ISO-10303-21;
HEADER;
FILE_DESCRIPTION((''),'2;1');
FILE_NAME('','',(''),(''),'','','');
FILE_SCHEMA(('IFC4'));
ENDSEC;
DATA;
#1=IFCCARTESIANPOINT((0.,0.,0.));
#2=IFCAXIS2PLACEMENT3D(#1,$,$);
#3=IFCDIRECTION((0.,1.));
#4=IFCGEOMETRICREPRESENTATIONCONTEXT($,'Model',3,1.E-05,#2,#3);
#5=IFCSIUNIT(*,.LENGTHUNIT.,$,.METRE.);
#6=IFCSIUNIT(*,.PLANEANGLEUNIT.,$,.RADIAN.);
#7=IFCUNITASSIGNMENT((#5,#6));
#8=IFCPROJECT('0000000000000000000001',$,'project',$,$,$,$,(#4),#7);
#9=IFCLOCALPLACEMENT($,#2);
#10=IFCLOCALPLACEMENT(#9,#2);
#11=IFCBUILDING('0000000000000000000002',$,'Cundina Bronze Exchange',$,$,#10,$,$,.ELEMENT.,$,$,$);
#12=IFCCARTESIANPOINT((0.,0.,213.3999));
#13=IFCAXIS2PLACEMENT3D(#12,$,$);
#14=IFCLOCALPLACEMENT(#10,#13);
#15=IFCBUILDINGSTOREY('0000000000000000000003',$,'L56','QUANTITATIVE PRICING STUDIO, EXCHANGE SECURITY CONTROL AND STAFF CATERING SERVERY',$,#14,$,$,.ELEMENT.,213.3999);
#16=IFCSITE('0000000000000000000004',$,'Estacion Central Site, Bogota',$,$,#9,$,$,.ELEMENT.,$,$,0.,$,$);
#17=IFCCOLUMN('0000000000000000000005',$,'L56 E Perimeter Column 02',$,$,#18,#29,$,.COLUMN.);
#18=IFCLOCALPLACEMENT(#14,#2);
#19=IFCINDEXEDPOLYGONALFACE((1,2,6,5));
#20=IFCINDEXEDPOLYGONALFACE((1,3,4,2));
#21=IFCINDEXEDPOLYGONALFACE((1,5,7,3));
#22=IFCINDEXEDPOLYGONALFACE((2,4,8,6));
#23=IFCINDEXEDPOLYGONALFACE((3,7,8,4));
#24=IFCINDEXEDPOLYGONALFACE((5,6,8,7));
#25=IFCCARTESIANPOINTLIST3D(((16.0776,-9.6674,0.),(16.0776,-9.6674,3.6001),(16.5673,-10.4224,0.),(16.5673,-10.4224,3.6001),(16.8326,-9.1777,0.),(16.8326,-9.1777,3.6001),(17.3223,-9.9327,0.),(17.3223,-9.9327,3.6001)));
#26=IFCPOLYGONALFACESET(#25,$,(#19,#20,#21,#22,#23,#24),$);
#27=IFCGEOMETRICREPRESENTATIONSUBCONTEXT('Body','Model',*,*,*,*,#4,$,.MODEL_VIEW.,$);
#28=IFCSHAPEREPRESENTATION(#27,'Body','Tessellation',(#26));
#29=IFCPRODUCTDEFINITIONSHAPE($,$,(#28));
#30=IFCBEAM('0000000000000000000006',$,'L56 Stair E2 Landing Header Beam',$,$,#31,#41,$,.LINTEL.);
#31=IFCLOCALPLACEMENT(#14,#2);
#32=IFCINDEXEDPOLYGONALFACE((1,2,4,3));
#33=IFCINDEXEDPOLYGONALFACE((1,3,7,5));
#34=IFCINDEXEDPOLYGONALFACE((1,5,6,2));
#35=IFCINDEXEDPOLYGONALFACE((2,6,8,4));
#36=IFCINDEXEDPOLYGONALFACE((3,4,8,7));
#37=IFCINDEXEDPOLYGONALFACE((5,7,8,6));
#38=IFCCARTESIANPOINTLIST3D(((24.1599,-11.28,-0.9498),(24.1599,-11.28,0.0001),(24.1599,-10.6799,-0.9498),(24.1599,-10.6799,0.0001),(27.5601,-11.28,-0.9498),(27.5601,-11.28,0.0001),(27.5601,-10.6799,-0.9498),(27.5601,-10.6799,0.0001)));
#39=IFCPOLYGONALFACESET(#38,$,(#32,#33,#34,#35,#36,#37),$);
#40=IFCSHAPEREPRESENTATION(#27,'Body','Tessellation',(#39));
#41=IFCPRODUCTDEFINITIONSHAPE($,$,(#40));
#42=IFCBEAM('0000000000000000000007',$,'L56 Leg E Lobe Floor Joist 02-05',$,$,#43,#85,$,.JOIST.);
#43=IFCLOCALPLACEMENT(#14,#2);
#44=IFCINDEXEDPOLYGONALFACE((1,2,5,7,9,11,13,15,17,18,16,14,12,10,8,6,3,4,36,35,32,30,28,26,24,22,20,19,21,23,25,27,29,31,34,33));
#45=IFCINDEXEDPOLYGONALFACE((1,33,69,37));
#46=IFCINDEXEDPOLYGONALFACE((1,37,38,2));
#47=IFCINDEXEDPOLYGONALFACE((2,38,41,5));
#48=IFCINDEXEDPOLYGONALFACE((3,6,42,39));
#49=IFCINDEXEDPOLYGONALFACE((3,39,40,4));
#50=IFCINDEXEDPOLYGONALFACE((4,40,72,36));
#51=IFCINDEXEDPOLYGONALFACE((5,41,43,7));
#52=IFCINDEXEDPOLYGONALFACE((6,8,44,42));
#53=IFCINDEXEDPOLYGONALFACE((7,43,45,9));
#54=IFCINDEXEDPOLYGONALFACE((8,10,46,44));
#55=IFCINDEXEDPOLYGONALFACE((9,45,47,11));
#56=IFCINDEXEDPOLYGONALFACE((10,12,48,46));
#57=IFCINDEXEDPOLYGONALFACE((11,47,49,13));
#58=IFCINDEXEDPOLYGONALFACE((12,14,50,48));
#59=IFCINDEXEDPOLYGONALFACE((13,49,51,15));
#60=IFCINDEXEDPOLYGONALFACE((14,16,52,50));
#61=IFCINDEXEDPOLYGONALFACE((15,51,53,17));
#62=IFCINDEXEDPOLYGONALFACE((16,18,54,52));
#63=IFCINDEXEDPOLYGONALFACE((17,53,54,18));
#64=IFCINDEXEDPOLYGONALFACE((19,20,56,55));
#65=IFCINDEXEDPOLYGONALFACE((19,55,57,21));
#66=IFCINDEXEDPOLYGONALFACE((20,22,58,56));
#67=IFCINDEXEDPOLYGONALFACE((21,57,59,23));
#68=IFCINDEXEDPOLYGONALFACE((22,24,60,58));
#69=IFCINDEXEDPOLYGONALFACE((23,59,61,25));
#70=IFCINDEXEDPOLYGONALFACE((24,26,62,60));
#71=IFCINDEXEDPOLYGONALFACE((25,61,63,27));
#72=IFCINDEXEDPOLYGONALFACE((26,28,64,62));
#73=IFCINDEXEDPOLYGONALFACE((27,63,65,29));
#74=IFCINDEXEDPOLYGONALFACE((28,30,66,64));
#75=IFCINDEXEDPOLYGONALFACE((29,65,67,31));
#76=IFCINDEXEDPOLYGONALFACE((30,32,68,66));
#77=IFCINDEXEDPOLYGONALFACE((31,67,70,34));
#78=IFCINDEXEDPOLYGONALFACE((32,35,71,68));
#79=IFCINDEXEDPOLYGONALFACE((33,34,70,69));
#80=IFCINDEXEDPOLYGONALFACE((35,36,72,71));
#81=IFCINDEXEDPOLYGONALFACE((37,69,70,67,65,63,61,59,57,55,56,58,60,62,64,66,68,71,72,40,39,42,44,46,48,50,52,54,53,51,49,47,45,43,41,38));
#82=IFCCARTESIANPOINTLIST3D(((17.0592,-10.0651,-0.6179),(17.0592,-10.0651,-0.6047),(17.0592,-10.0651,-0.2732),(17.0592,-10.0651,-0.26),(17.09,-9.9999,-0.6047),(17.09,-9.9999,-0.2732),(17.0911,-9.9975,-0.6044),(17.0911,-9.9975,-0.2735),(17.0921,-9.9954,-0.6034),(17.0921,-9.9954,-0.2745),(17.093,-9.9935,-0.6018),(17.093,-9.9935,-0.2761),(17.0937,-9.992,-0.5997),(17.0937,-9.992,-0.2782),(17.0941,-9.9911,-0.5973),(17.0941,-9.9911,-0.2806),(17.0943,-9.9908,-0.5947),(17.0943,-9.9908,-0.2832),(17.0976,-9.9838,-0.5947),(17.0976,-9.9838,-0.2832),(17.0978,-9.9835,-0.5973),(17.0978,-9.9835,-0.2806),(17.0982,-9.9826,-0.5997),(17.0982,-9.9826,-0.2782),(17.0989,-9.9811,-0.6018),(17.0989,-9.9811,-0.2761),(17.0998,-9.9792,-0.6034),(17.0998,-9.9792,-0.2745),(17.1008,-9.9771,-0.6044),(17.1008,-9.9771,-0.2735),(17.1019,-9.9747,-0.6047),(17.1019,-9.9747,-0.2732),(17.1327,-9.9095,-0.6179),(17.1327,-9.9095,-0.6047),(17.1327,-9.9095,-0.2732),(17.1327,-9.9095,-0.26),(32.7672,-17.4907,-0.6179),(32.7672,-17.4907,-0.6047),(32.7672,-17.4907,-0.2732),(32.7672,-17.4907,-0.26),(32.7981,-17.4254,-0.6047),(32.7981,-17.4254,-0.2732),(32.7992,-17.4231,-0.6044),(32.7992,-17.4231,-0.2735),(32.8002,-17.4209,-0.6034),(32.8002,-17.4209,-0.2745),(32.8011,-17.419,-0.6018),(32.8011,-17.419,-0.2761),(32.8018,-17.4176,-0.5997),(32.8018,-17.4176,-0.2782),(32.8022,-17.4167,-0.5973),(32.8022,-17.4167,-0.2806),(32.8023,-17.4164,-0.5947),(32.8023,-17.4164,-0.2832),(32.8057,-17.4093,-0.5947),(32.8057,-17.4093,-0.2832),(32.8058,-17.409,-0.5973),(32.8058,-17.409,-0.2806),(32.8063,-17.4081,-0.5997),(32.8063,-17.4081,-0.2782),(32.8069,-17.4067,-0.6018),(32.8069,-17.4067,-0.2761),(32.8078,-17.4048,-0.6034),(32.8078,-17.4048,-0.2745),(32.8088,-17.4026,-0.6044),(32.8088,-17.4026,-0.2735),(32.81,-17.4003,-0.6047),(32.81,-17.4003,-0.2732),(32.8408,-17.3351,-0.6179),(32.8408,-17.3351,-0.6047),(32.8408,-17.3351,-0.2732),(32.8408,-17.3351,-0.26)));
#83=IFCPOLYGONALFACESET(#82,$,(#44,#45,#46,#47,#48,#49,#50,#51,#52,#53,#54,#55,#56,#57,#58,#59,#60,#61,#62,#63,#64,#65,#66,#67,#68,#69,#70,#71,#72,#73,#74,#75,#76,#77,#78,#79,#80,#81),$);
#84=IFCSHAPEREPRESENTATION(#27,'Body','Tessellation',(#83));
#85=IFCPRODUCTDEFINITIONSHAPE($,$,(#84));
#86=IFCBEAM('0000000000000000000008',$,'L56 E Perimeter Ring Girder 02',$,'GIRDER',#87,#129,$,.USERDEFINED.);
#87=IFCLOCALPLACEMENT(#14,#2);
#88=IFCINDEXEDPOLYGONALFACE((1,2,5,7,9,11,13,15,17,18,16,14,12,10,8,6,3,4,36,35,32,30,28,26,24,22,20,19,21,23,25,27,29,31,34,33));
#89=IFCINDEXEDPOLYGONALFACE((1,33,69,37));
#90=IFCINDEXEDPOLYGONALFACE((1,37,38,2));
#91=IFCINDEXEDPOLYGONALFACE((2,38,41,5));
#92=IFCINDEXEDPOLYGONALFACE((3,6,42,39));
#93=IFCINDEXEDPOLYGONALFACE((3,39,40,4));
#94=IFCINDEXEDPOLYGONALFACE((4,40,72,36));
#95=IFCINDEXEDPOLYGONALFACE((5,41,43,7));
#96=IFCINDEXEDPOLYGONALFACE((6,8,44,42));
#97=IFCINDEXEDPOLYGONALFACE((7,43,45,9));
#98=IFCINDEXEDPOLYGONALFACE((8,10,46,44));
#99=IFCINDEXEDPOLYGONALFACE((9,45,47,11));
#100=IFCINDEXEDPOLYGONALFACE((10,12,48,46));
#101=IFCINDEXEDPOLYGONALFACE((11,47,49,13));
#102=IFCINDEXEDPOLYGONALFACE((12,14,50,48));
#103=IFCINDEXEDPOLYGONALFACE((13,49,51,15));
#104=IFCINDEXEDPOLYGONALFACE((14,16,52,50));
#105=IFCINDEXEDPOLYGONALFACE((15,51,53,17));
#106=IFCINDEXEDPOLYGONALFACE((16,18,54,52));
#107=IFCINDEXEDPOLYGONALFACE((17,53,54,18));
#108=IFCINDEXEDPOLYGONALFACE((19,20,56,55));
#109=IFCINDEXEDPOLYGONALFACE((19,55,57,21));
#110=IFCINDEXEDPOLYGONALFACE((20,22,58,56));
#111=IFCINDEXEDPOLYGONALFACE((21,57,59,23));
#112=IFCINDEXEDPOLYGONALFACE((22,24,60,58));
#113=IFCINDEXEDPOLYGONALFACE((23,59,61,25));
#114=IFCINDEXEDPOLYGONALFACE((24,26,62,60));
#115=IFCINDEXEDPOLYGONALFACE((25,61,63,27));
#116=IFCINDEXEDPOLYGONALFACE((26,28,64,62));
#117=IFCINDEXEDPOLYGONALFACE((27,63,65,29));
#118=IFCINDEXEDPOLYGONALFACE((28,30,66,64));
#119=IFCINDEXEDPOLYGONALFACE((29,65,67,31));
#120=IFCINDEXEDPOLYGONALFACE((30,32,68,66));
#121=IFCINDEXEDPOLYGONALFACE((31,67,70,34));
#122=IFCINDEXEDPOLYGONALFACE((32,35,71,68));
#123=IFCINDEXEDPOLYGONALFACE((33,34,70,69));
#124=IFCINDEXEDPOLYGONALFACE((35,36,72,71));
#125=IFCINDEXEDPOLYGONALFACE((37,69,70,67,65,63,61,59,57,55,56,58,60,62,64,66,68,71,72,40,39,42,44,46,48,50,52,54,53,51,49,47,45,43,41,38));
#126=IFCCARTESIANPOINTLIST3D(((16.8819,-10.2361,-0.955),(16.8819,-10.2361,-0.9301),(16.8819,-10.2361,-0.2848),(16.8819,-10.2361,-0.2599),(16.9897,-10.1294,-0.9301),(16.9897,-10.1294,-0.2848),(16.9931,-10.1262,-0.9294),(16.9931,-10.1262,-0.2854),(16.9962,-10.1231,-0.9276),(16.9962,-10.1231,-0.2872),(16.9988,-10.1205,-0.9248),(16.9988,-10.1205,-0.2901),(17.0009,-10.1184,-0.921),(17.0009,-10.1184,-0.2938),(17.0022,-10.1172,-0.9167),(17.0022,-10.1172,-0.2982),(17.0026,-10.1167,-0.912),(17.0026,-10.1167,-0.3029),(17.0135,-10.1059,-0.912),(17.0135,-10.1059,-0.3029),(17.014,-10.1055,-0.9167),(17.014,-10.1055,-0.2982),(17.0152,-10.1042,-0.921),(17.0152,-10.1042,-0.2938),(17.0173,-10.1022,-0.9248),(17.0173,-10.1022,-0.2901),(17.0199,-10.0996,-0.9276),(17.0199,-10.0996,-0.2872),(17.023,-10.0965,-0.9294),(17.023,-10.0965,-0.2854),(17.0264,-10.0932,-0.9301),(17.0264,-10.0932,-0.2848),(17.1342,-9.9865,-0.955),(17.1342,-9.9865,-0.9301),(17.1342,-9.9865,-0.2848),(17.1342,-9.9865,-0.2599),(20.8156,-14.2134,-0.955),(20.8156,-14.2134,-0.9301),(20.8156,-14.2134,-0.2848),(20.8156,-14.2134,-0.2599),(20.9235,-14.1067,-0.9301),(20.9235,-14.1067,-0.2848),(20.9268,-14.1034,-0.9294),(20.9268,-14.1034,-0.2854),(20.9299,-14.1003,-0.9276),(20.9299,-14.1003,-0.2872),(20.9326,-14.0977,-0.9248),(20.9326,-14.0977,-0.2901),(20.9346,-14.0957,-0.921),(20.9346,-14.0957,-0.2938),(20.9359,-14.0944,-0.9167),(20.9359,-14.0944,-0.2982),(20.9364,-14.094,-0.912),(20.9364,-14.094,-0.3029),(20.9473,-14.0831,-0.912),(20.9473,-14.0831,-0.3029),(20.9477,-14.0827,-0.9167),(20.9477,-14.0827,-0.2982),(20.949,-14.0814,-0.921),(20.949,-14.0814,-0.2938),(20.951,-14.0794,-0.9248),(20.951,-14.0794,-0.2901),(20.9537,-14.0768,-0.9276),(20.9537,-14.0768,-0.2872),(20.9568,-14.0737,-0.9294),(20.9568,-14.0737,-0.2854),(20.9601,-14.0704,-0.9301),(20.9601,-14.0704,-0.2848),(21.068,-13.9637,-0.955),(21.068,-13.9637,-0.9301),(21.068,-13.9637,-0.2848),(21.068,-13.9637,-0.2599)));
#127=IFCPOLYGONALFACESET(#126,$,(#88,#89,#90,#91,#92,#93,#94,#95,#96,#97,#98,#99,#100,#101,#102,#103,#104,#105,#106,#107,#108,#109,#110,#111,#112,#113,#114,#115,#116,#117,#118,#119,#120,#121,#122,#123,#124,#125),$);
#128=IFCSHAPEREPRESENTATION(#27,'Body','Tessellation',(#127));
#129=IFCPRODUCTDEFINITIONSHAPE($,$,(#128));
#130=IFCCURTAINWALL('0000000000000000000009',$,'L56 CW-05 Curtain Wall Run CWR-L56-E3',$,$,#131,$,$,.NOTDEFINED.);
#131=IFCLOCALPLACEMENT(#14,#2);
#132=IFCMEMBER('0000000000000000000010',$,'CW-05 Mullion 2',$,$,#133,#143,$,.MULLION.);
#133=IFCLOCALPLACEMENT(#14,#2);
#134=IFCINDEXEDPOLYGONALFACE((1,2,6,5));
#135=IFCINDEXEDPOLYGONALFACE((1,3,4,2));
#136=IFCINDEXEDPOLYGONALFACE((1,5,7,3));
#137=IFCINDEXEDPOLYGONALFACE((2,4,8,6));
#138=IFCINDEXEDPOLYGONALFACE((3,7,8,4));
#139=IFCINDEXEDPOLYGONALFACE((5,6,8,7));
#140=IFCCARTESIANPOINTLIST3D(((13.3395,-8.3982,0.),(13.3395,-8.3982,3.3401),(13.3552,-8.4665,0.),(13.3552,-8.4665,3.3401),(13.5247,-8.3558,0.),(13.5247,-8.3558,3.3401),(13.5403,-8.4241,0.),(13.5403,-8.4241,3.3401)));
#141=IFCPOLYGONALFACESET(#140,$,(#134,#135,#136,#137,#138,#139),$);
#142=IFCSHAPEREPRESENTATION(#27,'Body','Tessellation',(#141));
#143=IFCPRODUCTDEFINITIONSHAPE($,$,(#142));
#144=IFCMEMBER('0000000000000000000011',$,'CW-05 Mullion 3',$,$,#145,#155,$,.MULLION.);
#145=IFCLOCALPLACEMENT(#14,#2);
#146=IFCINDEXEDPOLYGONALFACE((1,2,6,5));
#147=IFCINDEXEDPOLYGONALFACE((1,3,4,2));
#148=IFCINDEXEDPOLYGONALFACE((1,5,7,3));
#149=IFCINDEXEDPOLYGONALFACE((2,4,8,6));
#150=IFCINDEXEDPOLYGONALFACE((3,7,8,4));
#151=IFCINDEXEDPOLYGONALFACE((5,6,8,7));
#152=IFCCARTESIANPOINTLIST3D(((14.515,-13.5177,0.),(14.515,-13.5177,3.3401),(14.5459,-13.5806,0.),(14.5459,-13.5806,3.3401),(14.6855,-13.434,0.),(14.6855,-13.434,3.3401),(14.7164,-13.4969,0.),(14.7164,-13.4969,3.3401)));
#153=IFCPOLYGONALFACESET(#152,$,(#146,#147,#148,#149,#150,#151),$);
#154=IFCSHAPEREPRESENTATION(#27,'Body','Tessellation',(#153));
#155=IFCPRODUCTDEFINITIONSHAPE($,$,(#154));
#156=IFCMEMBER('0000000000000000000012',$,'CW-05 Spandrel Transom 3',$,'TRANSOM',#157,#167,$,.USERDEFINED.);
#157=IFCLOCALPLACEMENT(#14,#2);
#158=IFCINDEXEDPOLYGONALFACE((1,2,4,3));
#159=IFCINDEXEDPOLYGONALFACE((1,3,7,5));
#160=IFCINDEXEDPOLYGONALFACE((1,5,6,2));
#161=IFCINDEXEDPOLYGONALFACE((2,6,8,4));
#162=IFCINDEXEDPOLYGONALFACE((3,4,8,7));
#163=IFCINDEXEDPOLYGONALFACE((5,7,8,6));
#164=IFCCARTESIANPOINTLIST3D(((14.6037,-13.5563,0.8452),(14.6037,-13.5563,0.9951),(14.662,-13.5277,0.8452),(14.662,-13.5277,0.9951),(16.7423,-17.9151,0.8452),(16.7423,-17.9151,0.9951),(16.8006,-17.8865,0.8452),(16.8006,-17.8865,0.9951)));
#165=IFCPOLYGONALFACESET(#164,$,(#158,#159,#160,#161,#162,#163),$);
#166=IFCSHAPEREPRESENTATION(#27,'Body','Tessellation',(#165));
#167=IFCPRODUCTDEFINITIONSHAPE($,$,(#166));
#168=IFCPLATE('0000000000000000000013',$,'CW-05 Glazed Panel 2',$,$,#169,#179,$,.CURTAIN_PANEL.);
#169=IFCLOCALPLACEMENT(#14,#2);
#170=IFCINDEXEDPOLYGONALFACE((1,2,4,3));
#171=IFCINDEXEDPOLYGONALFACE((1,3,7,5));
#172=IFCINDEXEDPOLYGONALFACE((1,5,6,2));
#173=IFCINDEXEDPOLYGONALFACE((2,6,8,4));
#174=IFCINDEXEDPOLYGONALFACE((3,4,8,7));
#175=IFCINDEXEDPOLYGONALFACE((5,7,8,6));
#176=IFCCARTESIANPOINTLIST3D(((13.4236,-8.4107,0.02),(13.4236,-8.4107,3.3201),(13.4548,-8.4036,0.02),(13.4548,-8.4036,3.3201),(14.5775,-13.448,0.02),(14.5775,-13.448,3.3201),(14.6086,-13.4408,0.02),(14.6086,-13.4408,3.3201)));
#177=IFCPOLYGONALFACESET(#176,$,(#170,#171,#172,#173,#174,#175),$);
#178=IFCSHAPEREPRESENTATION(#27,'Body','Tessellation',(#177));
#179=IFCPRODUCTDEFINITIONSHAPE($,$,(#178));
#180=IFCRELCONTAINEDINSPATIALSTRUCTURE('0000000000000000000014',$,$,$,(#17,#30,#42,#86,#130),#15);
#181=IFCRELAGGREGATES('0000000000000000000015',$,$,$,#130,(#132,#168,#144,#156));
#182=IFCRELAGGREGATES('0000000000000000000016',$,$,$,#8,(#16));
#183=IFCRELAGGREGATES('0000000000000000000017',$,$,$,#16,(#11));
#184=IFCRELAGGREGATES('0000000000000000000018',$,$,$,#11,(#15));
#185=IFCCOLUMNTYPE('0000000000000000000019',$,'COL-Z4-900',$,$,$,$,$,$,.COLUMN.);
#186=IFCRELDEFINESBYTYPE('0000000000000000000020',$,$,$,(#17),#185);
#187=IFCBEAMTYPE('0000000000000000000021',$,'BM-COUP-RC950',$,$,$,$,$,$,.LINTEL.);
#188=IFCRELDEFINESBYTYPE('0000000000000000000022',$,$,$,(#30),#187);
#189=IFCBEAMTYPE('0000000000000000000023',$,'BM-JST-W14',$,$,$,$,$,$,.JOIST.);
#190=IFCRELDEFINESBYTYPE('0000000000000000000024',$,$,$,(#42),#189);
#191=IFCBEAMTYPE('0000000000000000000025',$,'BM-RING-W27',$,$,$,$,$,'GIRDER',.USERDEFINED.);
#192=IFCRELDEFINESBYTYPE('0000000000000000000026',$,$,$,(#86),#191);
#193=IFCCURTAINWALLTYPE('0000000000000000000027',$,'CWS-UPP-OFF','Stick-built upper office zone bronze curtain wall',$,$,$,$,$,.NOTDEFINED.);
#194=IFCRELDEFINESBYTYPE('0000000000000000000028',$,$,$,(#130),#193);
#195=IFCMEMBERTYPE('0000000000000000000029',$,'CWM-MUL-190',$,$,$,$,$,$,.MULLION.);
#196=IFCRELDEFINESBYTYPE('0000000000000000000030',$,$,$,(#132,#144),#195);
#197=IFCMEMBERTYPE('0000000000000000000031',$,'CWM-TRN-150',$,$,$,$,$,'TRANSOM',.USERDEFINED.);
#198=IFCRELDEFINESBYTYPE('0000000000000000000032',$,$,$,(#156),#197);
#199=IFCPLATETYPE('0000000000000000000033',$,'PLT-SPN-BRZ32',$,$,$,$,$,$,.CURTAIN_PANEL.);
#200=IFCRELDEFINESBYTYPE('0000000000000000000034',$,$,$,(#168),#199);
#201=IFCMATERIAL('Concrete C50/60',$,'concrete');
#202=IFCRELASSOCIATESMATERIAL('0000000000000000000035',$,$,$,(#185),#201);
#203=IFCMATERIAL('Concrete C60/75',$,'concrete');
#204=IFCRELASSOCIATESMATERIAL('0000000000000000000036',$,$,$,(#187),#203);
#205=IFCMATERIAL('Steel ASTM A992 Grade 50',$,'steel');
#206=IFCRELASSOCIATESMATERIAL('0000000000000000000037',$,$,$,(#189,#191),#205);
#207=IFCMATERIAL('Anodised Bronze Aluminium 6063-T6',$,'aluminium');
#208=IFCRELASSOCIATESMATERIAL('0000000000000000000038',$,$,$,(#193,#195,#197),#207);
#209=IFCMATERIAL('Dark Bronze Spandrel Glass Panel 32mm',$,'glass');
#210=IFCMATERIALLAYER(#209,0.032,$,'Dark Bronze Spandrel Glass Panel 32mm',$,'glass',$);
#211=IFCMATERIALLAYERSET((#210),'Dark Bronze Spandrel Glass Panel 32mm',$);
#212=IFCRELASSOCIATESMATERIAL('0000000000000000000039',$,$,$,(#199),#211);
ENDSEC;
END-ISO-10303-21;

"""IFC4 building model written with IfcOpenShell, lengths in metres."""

from ifc_helpers import new_model, si_unit, direction, frame, origin, origin_2d, place, context, subcontext, project, spatial, rectangle, i_section, extrude, material, layer, layer_set, material_profile, profile_set, type_object, element, aggregate, save


model = new_model("IFC4")

# Units and contexts
model_context = context("Model", 3, precision=1e-05, world=origin(), true_north=direction((0.0, 1.0)))
body_context = subcontext(model_context, "Body", "Model", "MODEL_VIEW")
ifc_project = project(units=[si_unit("LENGTHUNIT", "METRE"), si_unit("PLANEANGLEUNIT", "RADIAN")], contexts=[model_context])

# Site, building, storey
site_placement = place(None, origin())
site = spatial("IfcSite", under=ifc_project, at=site_placement, Name="Estacion Central Site, Bogota", CompositionType="ELEMENT", RefElevation=0.0)
building_placement = place(site_placement, origin())
building = spatial("IfcBuilding", under=site, at=building_placement, Name="Cundina Bronze Exchange", CompositionType="ELEMENT")
storey_placement = place(building_placement, frame((0.0, 0.0, 213.3999)))
storey = spatial("IfcBuildingStorey", under=building, at=storey_placement, Name="L56", Description="QUANTITATIVE PRICING STUDIO, EXCHANGE SECURITY CONTROL AND STAFF CATERING SERVERY", CompositionType="ELEMENT", Elevation=213.3999)

# Column
ifc_material_1 = material(Name="Concrete C50/60", Category="concrete")
ifc_material_profile_1 = material_profile(ifc_material_1, rectangle(XDim=0.8999, YDim=0.8999, at=origin_2d()), Name="RC900X900", Category="concrete")
ifc_profile_set_1 = profile_set([ifc_material_profile_1], Name="Concrete C50/60")
column_type = type_object("IfcColumnType", Name="COL-Z4-900", PredefinedType="COLUMN", material=ifc_profile_set_1)
column_placement = place(storey_placement, frame((16.7, -9.8, 0.0), z_axis=(0.0, 0.0, 1.0), x_axis=(0.5442, -0.838956, 0.0)))
element("IfcColumn", 1, at=column_placement, inside=storey, type_object=column_type, Name="L56 E Perimeter Column 02", PredefinedType="COLUMN", context=body_context, shape_type="SweptSolid", body=[
    extrude(rectangle(XDim=0.8999, YDim=0.8999, at=origin_2d()), origin(), (0.0, 0.0, 1.0), 3.6001),
])

# Beams
ifc_material_2 = material(Name="Concrete C60/75", Category="concrete")
ifc_material_profile_2 = material_profile(ifc_material_2, rectangle(XDim=0.6001, YDim=0.95, at=origin_2d()), Name="RC600X950", Category="concrete")
ifc_profile_set_2 = profile_set([ifc_material_profile_2], Name="Concrete C60/75")
beam_type_1 = type_object("IfcBeamType", Name="BM-COUP-RC950", PredefinedType="LINTEL", material=ifc_profile_set_2)
beam_1_placement = place(storey_placement, frame((24.1599, -10.98, -0.4749), z_axis=(1.0, 0.0, 0.0), x_axis=(0.0, 1.0, 0.0)))
element("IfcBeam", 2, at=beam_1_placement, inside=storey, type_object=beam_type_1, Name="L56 Stair E2 Landing Header Beam", PredefinedType="LINTEL", context=body_context, shape_type="SweptSolid", body=[
    extrude(rectangle(XDim=0.6001, YDim=0.95, at=origin_2d()), origin(), (0.0, 0.0, 1.0), 3.4001),
])
ifc_material_3 = material(Name="Steel ASTM A992 Grade 50", Category="steel")
ifc_material_profile_3 = material_profile(ifc_material_3, i_section(OverallWidth=0.1721, OverallDepth=0.3579, WebThickness=0.0078, FlangeThickness=0.0132, FilletRadius=0.01, at=origin_2d()), Name="W14X38", Category="steel")
ifc_profile_set_3 = profile_set([ifc_material_profile_3], Name="Steel ASTM A992 Grade 50")
beam_type_2 = type_object("IfcBeamType", Name="BM-JST-W14", PredefinedType="JOIST", material=ifc_profile_set_3)
beam_2_placement = place(storey_placement, frame((17.0959, -9.9873, -0.439), z_axis=(0.904074, -0.427376, 0.0), x_axis=(0.427376, 0.904074, 0.0)))
element("IfcBeam", 3, at=beam_2_placement, inside=storey, type_object=beam_type_2, Name="L56 Leg E Lobe Floor Joist 02-05", PredefinedType="JOIST", context=body_context, shape_type="SweptSolid", body=[
    extrude(i_section(OverallWidth=0.1721, OverallDepth=0.3579, WebThickness=0.0078, FlangeThickness=0.0132, FilletRadius=0.01, at=origin_2d()), origin(), (0.0, 0.0, 1.0), 17.3748),
])
ifc_material_profile_4 = material_profile(ifc_material_3, i_section(OverallWidth=0.355, OverallDepth=0.6951, WebThickness=0.0154, FlangeThickness=0.0249, FilletRadius=0.0181, at=origin_2d()), Name="W27X146", Category="steel")
ifc_profile_set_4 = profile_set([ifc_material_profile_4], Name="Steel ASTM A992 Grade 50")
beam_type_3 = type_object("IfcBeamType", Name="BM-RING-W27", ElementType="GIRDER", PredefinedType="USERDEFINED", material=ifc_profile_set_4)
beam_3_placement = place(storey_placement, frame((17.0081, -10.1113, -0.6074), z_axis=(0.703212, -0.71098, 0.0), x_axis=(0.71098, 0.703212, 0.0)))
element("IfcBeam", 4, at=beam_3_placement, inside=storey, type_object=beam_type_3, Name="L56 E Perimeter Ring Girder 02", ObjectType="GIRDER", PredefinedType="USERDEFINED", context=body_context, shape_type="SweptSolid", body=[
    extrude(i_section(OverallWidth=0.355, OverallDepth=0.6951, WebThickness=0.0154, FlangeThickness=0.0249, FilletRadius=0.0181, at=origin_2d()), origin(), (0.0, 0.0, 1.0), 5.594),
])

# Curtain wall, members, plate
ifc_material_4 = material(Name="Anodised Bronze Aluminium 6063-T6", Category="aluminium")
curtain_wall_type = type_object("IfcCurtainWallType", Name="CWS-UPP-OFF", Description="Stick-built upper office zone bronze curtain wall", PredefinedType="NOTDEFINED", material=ifc_material_4)
curtain_wall_placement = place(storey_placement, origin())
curtain_wall = element("IfcCurtainWall", 5, at=curtain_wall_placement, inside=storey, type_object=curtain_wall_type, Name="L56 CW-05 Curtain Wall Run CWR-L56-E3", PredefinedType="NOTDEFINED")
ifc_material_profile_5 = material_profile(ifc_material_4, rectangle(XDim=0.0701, YDim=0.1899, at=origin_2d()), Name="AL70X190", Category="aluminium")
ifc_profile_set_5 = profile_set([ifc_material_profile_5], Name="Anodised Bronze Aluminium 6063-T6")
member_type_1 = type_object("IfcMemberType", Name="CWM-MUL-190", PredefinedType="MULLION", material=ifc_profile_set_5)
member_1_placement = place(storey_placement, frame((13.4399, -8.4111, 0.0), z_axis=(0.0, 0.0, 1.0), x_axis=(0.22325, -0.974761, 0.0)))
member_1 = element("IfcMember", 6, at=member_1_placement, type_object=member_type_1, Name="CW-05 Mullion 2", PredefinedType="MULLION", context=body_context, shape_type="SweptSolid", body=[
    extrude(rectangle(XDim=0.0701, YDim=0.1899, at=origin_2d()), origin(), (0.0, 0.0, 1.0), 3.3401),
])
member_2_placement = place(storey_placement, frame((14.6157, -13.5073, 0.0), z_axis=(0.0, 0.0, 1.0), x_axis=(0.440566, -0.89772, 0.0)))
member_2 = element("IfcMember", 7, at=member_2_placement, type_object=member_type_1, Name="CW-05 Mullion 3", PredefinedType="MULLION", context=body_context, shape_type="SweptSolid", body=[
    extrude(rectangle(XDim=0.0701, YDim=0.1899, at=origin_2d()), origin(), (0.0, 0.0, 1.0), 3.3401),
])
ifc_material_profile_6 = material_profile(ifc_material_4, rectangle(XDim=0.0649, YDim=0.1499, at=origin_2d()), Name="AL65X150", Category="aluminium")
ifc_profile_set_6 = profile_set([ifc_material_profile_6], Name="Anodised Bronze Aluminium 6063-T6")
member_type_2 = type_object("IfcMemberType", Name="CWM-TRN-150", ElementType="TRANSOM", PredefinedType="USERDEFINED", material=ifc_profile_set_6)
member_3_placement = place(storey_placement, frame((14.6328, -13.542, 0.9202), z_axis=(0.440483, -0.897761, 0.0), x_axis=(0.897761, 0.440483, 0.0)))
member_3 = element("IfcMember", 8, at=member_3_placement, type_object=member_type_2, Name="CW-05 Spandrel Transom 3", ObjectType="TRANSOM", PredefinedType="USERDEFINED", context=body_context, shape_type="SweptSolid", body=[
    extrude(rectangle(XDim=0.0649, YDim=0.1499, at=origin_2d()), origin(), (0.0, 0.0, 1.0), 4.8552),
])
ifc_material_5 = material(Name="Dark Bronze Spandrel Glass Panel 32mm", Category="glass")
ifc_layer_1 = layer(ifc_material_5, 0.032, Name="Dark Bronze Spandrel Glass Panel 32mm", Category="glass")
ifc_layer_set_1 = layer_set([ifc_layer_1], Name="Dark Bronze Spandrel Glass Panel 32mm")
plate_type = type_object("IfcPlateType", Name="PLT-SPN-BRZ32", PredefinedType="CURTAIN_PANEL", material=ifc_layer_set_1)
plate_placement = place(storey_placement, frame((14.0161, -10.9258, 0.02), z_axis=(0.0, 0.0, 1.0), x_axis=(0.223284, -0.974753, 0.0)))
plate = element("IfcPlate", 9, at=plate_placement, type_object=plate_type, Name="CW-05 Glazed Panel 2", PredefinedType="CURTAIN_PANEL", context=body_context, shape_type="SweptSolid", body=[
    extrude(rectangle(XDim=5.1677, YDim=0.032, at=origin_2d()), origin(), (0.0, 0.0, 1.0), 3.3),
])
aggregate(curtain_wall, [member_1, plate, member_2, member_3])

save(model, "model.ifc")
